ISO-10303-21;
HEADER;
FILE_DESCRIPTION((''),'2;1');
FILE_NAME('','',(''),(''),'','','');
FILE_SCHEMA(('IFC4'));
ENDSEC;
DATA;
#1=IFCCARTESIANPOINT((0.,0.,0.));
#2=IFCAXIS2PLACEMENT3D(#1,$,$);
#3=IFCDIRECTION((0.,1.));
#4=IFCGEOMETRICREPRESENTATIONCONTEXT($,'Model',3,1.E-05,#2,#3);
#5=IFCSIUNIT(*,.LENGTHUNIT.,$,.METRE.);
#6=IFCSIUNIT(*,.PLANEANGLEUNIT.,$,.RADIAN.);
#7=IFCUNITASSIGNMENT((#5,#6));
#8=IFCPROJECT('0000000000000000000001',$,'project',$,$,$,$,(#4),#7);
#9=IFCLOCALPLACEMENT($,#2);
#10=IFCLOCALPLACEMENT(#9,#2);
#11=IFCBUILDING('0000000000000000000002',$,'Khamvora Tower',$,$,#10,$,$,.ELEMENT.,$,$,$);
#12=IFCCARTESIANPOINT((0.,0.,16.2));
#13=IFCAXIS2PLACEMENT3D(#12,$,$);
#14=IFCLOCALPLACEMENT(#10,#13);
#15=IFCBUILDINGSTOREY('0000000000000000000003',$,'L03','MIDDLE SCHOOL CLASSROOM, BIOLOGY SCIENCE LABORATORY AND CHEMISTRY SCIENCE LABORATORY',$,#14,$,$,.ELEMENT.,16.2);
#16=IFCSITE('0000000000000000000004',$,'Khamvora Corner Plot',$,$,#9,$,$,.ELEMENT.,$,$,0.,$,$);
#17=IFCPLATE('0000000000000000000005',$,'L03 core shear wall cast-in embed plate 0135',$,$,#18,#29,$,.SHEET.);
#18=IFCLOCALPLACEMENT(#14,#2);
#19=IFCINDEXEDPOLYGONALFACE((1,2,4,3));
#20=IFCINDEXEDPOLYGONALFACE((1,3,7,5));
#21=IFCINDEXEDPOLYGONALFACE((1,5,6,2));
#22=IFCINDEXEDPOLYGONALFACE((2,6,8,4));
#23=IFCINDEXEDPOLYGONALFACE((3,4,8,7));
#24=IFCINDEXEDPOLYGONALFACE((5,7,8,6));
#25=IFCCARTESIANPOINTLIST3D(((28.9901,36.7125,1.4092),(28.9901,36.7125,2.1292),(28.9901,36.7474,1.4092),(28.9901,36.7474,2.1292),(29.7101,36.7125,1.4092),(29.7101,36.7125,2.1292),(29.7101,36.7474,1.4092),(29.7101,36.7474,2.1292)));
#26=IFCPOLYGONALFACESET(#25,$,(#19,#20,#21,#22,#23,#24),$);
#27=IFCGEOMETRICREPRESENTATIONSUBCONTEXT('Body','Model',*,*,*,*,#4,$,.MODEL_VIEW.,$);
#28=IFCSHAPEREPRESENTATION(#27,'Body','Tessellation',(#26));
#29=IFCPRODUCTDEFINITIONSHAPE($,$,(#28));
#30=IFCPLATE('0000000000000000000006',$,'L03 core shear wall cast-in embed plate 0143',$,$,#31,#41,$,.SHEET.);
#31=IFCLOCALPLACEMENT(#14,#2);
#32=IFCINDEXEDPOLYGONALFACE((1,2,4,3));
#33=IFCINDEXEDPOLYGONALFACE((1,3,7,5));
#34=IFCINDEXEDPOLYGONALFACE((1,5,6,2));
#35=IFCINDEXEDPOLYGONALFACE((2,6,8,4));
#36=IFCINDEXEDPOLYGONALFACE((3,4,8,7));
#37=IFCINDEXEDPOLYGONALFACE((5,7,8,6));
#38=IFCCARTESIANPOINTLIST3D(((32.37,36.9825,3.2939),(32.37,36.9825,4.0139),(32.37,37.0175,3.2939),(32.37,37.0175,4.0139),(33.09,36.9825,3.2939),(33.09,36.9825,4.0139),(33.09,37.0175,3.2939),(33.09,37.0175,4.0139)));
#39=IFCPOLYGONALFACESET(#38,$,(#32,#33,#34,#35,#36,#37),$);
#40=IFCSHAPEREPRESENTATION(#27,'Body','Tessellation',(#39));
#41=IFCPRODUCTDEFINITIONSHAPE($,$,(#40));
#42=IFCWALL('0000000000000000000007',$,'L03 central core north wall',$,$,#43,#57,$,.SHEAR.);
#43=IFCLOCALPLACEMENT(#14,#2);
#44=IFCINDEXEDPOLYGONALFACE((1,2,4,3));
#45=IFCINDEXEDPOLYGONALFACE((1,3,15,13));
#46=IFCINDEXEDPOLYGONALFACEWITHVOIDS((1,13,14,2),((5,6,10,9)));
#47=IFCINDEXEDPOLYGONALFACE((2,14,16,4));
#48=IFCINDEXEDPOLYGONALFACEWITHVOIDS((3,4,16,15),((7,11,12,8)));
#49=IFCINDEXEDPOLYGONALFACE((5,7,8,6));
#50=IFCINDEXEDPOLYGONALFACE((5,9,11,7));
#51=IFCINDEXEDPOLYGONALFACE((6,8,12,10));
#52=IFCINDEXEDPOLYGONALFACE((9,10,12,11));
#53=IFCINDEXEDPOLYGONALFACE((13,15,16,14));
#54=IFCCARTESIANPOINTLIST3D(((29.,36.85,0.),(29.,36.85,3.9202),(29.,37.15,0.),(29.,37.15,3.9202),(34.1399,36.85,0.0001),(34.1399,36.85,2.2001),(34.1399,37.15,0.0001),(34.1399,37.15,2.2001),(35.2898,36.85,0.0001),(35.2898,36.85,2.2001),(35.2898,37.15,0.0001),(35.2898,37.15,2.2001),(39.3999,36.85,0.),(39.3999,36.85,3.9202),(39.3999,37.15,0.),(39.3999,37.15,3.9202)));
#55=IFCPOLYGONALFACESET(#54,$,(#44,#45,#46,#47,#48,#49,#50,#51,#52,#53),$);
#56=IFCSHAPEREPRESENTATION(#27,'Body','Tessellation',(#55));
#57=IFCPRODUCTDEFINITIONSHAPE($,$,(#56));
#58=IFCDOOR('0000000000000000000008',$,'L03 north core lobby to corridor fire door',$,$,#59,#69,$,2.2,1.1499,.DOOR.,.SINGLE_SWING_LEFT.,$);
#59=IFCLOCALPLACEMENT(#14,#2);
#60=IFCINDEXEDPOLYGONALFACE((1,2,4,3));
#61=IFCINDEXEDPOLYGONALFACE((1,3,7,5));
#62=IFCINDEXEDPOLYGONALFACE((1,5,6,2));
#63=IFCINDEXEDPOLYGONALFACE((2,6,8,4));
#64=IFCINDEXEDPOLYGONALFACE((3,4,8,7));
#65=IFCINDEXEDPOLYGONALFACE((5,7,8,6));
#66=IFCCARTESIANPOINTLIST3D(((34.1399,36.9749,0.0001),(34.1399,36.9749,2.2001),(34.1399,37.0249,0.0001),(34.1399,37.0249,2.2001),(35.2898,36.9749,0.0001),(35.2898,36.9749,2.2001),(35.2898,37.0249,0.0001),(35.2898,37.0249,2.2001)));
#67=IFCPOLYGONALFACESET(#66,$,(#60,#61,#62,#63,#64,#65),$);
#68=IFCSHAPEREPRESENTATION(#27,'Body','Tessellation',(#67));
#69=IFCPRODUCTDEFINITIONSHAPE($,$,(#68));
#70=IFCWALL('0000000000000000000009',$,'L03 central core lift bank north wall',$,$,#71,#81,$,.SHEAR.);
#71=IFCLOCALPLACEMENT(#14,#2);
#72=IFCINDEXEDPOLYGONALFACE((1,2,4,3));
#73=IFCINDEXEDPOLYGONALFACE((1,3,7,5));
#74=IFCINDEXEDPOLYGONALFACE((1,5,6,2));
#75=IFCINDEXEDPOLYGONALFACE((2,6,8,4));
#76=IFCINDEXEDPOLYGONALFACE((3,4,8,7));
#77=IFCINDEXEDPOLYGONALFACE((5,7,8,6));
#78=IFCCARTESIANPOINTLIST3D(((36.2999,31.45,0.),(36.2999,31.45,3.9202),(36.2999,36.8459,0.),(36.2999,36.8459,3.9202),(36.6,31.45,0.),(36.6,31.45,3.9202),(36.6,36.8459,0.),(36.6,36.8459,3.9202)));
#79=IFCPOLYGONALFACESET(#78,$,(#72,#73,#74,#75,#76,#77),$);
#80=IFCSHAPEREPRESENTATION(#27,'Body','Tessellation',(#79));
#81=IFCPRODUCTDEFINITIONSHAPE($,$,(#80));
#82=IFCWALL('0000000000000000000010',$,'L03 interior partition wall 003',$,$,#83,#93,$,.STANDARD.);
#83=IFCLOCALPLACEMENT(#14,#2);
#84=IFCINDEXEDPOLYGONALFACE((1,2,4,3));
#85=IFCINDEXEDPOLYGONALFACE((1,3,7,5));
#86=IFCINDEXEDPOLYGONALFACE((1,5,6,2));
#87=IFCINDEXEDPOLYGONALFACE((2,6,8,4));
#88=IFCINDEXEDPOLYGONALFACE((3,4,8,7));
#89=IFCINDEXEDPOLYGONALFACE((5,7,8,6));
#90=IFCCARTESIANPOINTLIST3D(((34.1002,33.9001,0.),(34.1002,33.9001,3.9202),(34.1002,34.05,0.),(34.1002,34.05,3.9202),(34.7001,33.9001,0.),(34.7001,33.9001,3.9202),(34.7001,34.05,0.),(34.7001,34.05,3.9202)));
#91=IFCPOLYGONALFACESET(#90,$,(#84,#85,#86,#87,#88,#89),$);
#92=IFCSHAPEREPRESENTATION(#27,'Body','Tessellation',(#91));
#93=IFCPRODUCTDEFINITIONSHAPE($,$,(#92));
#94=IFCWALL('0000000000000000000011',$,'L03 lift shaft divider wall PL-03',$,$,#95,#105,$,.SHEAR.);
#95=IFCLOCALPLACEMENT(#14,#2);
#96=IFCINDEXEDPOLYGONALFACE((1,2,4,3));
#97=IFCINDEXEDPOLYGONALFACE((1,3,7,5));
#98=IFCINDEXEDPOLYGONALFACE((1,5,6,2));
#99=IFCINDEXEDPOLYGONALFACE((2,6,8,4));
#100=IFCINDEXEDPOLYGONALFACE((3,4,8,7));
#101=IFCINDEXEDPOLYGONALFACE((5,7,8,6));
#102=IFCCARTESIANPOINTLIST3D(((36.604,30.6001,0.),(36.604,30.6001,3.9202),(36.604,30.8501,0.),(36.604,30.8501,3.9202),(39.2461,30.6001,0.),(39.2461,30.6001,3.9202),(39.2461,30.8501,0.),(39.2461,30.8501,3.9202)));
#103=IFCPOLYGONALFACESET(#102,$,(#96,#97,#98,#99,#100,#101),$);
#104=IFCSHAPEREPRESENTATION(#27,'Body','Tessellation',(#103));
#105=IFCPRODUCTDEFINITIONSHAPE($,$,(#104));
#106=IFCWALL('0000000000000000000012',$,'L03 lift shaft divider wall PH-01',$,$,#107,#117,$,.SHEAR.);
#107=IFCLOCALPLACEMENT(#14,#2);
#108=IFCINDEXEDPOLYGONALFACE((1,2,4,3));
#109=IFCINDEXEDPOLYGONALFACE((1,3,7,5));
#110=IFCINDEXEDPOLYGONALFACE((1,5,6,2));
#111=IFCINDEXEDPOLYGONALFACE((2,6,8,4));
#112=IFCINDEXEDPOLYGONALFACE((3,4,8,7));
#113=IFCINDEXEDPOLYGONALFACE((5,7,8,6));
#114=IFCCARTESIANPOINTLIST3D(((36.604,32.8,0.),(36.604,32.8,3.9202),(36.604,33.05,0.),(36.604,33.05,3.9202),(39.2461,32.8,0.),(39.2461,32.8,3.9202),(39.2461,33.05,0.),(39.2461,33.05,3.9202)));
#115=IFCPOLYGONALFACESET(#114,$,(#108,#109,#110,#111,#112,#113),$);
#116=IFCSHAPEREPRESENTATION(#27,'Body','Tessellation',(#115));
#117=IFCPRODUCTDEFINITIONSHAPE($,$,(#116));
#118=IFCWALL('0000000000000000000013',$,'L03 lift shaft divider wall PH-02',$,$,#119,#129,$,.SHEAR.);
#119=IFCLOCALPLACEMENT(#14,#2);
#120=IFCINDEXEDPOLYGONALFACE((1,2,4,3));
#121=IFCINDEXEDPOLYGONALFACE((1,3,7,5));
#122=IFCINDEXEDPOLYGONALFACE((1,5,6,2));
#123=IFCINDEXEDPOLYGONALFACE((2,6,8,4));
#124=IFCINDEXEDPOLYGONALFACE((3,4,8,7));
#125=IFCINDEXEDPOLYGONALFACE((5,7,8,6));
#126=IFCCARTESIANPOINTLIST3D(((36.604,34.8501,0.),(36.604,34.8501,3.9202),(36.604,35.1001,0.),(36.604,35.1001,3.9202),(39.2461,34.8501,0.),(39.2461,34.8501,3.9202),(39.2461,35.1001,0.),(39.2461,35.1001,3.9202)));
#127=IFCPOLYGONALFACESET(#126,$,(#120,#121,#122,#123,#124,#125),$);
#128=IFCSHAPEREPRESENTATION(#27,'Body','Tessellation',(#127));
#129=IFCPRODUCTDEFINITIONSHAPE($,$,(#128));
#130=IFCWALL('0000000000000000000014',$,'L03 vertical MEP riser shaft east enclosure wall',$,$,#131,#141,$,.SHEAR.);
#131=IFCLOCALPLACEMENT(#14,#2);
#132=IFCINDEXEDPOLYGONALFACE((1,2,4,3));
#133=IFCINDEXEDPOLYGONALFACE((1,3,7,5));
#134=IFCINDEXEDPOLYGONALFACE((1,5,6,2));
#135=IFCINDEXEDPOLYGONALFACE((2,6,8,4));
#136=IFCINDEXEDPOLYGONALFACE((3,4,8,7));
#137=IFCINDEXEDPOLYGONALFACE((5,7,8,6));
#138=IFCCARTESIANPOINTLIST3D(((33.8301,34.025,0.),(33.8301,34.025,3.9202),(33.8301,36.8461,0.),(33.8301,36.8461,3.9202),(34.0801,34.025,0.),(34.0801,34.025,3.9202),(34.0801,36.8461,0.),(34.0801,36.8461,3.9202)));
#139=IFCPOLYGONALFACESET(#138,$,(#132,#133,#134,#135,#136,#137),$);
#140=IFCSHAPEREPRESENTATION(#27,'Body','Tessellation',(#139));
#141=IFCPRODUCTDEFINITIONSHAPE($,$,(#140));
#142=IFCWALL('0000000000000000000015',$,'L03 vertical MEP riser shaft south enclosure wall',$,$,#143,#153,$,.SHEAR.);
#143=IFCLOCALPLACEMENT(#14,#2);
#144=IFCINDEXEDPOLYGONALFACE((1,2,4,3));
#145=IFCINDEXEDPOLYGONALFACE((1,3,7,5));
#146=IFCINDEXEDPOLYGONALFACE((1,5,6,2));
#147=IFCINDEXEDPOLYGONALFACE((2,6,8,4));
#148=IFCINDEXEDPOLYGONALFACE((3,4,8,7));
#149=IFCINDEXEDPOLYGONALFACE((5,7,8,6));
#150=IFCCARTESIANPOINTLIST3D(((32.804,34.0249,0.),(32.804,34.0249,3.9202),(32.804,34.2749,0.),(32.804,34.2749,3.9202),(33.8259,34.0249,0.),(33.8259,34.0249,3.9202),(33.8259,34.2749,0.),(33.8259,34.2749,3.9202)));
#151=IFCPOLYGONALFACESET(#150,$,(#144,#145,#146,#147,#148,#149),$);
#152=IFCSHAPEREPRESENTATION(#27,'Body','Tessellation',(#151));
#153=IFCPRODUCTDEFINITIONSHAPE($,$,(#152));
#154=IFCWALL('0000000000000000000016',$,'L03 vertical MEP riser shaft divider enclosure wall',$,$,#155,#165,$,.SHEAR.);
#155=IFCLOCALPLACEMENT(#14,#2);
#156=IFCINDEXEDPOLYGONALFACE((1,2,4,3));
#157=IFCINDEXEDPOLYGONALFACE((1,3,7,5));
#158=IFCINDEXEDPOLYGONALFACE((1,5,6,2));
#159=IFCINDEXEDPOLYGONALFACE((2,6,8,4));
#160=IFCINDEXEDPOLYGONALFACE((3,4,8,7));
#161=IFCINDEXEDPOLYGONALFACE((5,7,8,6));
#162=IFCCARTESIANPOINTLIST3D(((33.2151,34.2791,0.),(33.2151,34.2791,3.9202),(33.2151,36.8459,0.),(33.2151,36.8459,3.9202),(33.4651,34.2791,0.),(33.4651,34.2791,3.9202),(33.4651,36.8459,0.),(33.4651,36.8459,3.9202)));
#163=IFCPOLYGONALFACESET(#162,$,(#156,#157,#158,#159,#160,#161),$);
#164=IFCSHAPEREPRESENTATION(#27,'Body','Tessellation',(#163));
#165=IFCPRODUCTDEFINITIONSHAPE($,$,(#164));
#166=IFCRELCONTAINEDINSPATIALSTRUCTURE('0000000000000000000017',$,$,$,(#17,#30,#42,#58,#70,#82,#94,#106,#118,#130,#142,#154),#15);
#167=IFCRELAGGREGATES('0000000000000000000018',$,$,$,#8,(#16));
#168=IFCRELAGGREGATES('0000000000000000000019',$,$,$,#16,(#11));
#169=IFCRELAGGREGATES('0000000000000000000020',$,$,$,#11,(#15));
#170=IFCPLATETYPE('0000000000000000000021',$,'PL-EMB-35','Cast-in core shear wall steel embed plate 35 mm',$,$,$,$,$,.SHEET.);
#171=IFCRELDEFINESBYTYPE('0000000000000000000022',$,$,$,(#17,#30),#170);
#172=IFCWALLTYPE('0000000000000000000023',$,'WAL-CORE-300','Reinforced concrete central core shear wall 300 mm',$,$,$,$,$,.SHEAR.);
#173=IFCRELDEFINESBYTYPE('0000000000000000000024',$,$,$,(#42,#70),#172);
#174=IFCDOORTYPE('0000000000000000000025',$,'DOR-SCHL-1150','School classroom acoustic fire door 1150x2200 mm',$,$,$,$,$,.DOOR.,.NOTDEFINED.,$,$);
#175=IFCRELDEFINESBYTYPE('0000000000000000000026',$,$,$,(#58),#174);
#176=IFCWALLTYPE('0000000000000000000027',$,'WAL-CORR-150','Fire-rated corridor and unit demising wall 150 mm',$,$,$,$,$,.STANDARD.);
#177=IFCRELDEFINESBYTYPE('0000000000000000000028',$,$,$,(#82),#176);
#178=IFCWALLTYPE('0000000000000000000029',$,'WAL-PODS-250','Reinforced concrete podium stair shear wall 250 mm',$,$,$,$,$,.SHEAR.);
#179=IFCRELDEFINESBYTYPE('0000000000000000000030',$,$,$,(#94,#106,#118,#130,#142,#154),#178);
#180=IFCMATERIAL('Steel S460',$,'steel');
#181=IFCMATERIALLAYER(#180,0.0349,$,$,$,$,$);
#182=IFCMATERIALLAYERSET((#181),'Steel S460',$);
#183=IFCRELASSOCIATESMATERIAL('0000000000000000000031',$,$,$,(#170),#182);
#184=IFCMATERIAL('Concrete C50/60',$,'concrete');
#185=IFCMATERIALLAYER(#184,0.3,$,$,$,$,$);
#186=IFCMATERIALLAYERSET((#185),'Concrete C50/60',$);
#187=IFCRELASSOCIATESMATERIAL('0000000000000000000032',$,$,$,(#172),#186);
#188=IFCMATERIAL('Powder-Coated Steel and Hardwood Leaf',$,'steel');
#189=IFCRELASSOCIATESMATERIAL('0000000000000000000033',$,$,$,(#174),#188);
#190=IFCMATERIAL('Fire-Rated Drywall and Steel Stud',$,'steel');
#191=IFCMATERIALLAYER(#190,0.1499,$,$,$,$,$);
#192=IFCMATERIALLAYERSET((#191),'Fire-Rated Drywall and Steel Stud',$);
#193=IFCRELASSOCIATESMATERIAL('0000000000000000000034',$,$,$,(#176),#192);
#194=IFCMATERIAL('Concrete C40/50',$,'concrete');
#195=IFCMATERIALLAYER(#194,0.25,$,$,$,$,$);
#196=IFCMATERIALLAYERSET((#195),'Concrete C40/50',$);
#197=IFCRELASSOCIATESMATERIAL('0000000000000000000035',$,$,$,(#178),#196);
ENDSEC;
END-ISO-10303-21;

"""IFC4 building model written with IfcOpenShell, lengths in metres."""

from ifc_helpers import new_model, si_unit, direction, frame, frame_2d, origin, origin_2d, place, context, subcontext, project, spatial, rectangle, extrude, material, layer, layer_set, type_object, element, fill, save


model = new_model("IFC4")

# Units and contexts
model_context = context("Model", 3, precision=1e-05, world=origin(), true_north=direction((0.0, 1.0)))
body_context = subcontext(model_context, "Body", "Model", "MODEL_VIEW")
ifc_project = project(units=[si_unit("LENGTHUNIT", "METRE"), si_unit("PLANEANGLEUNIT", "RADIAN")], contexts=[model_context])

# Site, building, storey
site_placement = place(None, origin())
site = spatial("IfcSite", under=ifc_project, at=site_placement, Name="Khamvora Corner Plot", CompositionType="ELEMENT", RefElevation=0.0)
building_placement = place(site_placement, origin())
building = spatial("IfcBuilding", under=site, at=building_placement, Name="Khamvora Tower", CompositionType="ELEMENT")
storey_placement = place(building_placement, frame((0.0, 0.0, 16.2)))
storey = spatial("IfcBuildingStorey", under=building, at=storey_placement, Name="L03", Description="MIDDLE SCHOOL CLASSROOM, BIOLOGY SCIENCE LABORATORY AND CHEMISTRY SCIENCE LABORATORY", CompositionType="ELEMENT", Elevation=16.2)

# Shared definitions
ifc_material_1 = material(Name="Steel S460", Category="steel")

# Plates
ifc_layer_1 = layer(ifc_material_1, 0.0349)
ifc_layer_set_1 = layer_set([ifc_layer_1], Name="Steel S460")
plate_type = type_object("IfcPlateType", Name="PL-EMB-35", Description="Cast-in core shear wall steel embed plate 35 mm", PredefinedType="SHEET", material=ifc_layer_set_1)
for number, where, z_axis, x_axis, name in (
    (1, (29.3501, 36.73, 1.4092), (0.0, 0.0, 1.0), (1.0, 0.0, 0.0), "L03 core shear wall cast-in embed plate 0135"),
    (2, (32.73, 37.0, 3.2939), (0.0, 0.0, 1.0), (1.0, 0.0, 0.0), "L03 core shear wall cast-in embed plate 0143"),
):
    element("IfcPlate", number, at=place(storey_placement, frame(where, z_axis=z_axis, x_axis=x_axis)), inside=storey, type_object=plate_type, Name=name, PredefinedType="SHEET", context=body_context, shape_type="SweptSolid", body=[
        extrude(rectangle(XDim=0.72, YDim=0.0349, at=origin_2d()), origin(), (0.0, 0.0, 1.0), 0.72),
    ])

# Wall, opening, door
ifc_material_2 = material(Name="Concrete C50/60", Category="concrete")
ifc_layer_2 = layer(ifc_material_2, 0.3)
ifc_layer_set_2 = layer_set([ifc_layer_2], Name="Concrete C50/60")
wall_type_1 = type_object("IfcWallType", Name="WAL-CORE-300", Description="Reinforced concrete central core shear wall 300 mm", PredefinedType="SHEAR", material=ifc_layer_set_2)
wall_1_placement = place(storey_placement, frame((29.0, 37.0, 0.0), z_axis=(0.0, 0.0, 1.0), x_axis=(1.0, 0.0, 0.0)))
wall_1 = element("IfcWall", 3, at=wall_1_placement, inside=storey, type_object=wall_type_1, Name="L03 central core north wall", PredefinedType="SHEAR", context=body_context, shape_type="SweptSolid", body=[
    extrude(rectangle(XDim=10.3999, YDim=0.3, at=frame_2d((5.2, 0.0))), origin(), (0.0, 0.0, 1.0), 3.9202),
])
opening_placement = place(wall_1_placement, frame((5.1399, 0.0, 0.0)))
opening = element("IfcOpeningElement", 4, at=opening_placement, cuts=wall_1, PredefinedType="OPENING", context=body_context, shape_type="SweptSolid", body=[
    extrude(rectangle(XDim=1.1499, YDim=2.2, at=frame_2d((0.575, 1.1001))), frame((0.0, 0.1599, 0.0), z_axis=(0.0, -1.0, 0.0), x_axis=(1.0, 0.0, 0.0)), (0.0, 0.0, 1.0), 0.3201),
])
ifc_material_3 = material(Name="Powder-Coated Steel and Hardwood Leaf", Category="steel")
door_type = type_object("IfcDoorType", Name="DOR-SCHL-1150", Description="School classroom acoustic fire door 1150x2200 mm", OperationType="NOTDEFINED", PredefinedType="DOOR", material=ifc_material_3)
door_placement = place(opening_placement, origin())
door = element("IfcDoor", 5, at=door_placement, inside=storey, type_object=door_type, Name="L03 north core lobby to corridor fire door", OperationType="SINGLE_SWING_LEFT", OverallHeight=2.2, OverallWidth=1.1499, PredefinedType="DOOR", context=body_context, shape_type="SweptSolid", body=[
    extrude(rectangle(XDim=1.1499, YDim=2.2, at=frame_2d((0.575, 1.1001))), frame((0.0, 0.0249, 0.0), z_axis=(0.0, -1.0, 0.0), x_axis=(1.0, 0.0, 0.0)), (0.0, 0.0, 1.0), 0.05),
])
fill(opening, door)

# Walls
wall_2_placement = place(storey_placement, frame((36.45, 31.45, 0.0), z_axis=(0.0, 0.0, 1.0), x_axis=(0.0, 1.0, 0.0)))
element("IfcWall", 6, at=wall_2_placement, inside=storey, type_object=wall_type_1, Name="L03 central core lift bank north wall", PredefinedType="SHEAR", context=body_context, shape_type="SweptSolid", body=[
    extrude(rectangle(XDim=5.396, YDim=0.3, at=frame_2d((2.698, 0.0))), origin(), (0.0, 0.0, 1.0), 3.9202),
])
ifc_material_4 = material(Name="Fire-Rated Drywall and Steel Stud", Category="steel")
ifc_layer_3 = layer(ifc_material_4, 0.1499)
ifc_layer_set_3 = layer_set([ifc_layer_3], Name="Fire-Rated Drywall and Steel Stud")
wall_type_2 = type_object("IfcWallType", Name="WAL-CORR-150", Description="Fire-rated corridor and unit demising wall 150 mm", PredefinedType="STANDARD", material=ifc_layer_set_3)
wall_3_placement = place(storey_placement, frame((34.7, 33.9751, 0.0), z_axis=(0.0, 0.0, 1.0), x_axis=(-1.0, 0.0, 0.0)))
element("IfcWall", 7, at=wall_3_placement, inside=storey, type_object=wall_type_2, Name="L03 interior partition wall 003", PredefinedType="STANDARD", context=body_context, shape_type="SweptSolid", body=[
    extrude(rectangle(XDim=0.5999, YDim=0.1499, at=frame_2d((0.2998, 0.0))), origin(), (0.0, 0.0, 1.0), 3.9202),
])
ifc_material_5 = material(Name="Concrete C40/50", Category="concrete")
ifc_layer_4 = layer(ifc_material_5, 0.25)
ifc_layer_set_4 = layer_set([ifc_layer_4], Name="Concrete C40/50")
wall_type_3 = type_object("IfcWallType", Name="WAL-PODS-250", Description="Reinforced concrete podium stair shear wall 250 mm", PredefinedType="SHEAR", material=ifc_layer_set_4)
for number, where, z_axis, x_axis, name in (
    (8, (36.604, 30.7251, 0.0), (0.0, 0.0, 1.0), (1.0, 0.0, 0.0), "L03 lift shaft divider wall PL-03"),
    (9, (36.604, 32.925, 0.0), (0.0, 0.0, 1.0), (1.0, 0.0, 0.0), "L03 lift shaft divider wall PH-01"),
    (10, (36.604, 34.9751, 0.0), (0.0, 0.0, 1.0), (1.0, 0.0, 0.0), "L03 lift shaft divider wall PH-02"),
):
    element("IfcWall", number, at=place(storey_placement, frame(where, z_axis=z_axis, x_axis=x_axis)), inside=storey, type_object=wall_type_3, Name=name, PredefinedType="SHEAR", context=body_context, shape_type="SweptSolid", body=[
        extrude(rectangle(XDim=2.6421, YDim=0.25, at=frame_2d((1.321, 0.0))), origin(), (0.0, 0.0, 1.0), 3.9202),
    ])
wall_4_placement = place(storey_placement, frame((33.9551, 34.0249, 0.0), z_axis=(0.0, 0.0, 1.0), x_axis=(0.0, 1.0, 0.0)))
element("IfcWall", 11, at=wall_4_placement, inside=storey, type_object=wall_type_3, Name="L03 vertical MEP riser shaft east enclosure wall", PredefinedType="SHEAR", context=body_context, shape_type="SweptSolid", body=[
    extrude(rectangle(XDim=2.821, YDim=0.25, at=frame_2d((1.4106, 0.0))), origin(), (0.0, 0.0, 1.0), 3.9202),
])
wall_5_placement = place(storey_placement, frame((32.804, 34.1499, 0.0), z_axis=(0.0, 0.0, 1.0), x_axis=(1.0, 0.0, 0.0)))
element("IfcWall", 12, at=wall_5_placement, inside=storey, type_object=wall_type_3, Name="L03 vertical MEP riser shaft south enclosure wall", PredefinedType="SHEAR", context=body_context, shape_type="SweptSolid", body=[
    extrude(rectangle(XDim=1.022, YDim=0.25, at=frame_2d((0.511, 0.0))), origin(), (0.0, 0.0, 1.0), 3.9202),
])
wall_6_placement = place(storey_placement, frame((33.3401, 34.2791, 0.0), z_axis=(0.0, 0.0, 1.0), x_axis=(0.0, 1.0, 0.0)))
element("IfcWall", 13, at=wall_6_placement, inside=storey, type_object=wall_type_3, Name="L03 vertical MEP riser shaft divider enclosure wall", PredefinedType="SHEAR", context=body_context, shape_type="SweptSolid", body=[
    extrude(rectangle(XDim=2.5669, YDim=0.25, at=frame_2d((1.2834, 0.0))), origin(), (0.0, 0.0, 1.0), 3.9202),
])

save(model, "model.ifc")
